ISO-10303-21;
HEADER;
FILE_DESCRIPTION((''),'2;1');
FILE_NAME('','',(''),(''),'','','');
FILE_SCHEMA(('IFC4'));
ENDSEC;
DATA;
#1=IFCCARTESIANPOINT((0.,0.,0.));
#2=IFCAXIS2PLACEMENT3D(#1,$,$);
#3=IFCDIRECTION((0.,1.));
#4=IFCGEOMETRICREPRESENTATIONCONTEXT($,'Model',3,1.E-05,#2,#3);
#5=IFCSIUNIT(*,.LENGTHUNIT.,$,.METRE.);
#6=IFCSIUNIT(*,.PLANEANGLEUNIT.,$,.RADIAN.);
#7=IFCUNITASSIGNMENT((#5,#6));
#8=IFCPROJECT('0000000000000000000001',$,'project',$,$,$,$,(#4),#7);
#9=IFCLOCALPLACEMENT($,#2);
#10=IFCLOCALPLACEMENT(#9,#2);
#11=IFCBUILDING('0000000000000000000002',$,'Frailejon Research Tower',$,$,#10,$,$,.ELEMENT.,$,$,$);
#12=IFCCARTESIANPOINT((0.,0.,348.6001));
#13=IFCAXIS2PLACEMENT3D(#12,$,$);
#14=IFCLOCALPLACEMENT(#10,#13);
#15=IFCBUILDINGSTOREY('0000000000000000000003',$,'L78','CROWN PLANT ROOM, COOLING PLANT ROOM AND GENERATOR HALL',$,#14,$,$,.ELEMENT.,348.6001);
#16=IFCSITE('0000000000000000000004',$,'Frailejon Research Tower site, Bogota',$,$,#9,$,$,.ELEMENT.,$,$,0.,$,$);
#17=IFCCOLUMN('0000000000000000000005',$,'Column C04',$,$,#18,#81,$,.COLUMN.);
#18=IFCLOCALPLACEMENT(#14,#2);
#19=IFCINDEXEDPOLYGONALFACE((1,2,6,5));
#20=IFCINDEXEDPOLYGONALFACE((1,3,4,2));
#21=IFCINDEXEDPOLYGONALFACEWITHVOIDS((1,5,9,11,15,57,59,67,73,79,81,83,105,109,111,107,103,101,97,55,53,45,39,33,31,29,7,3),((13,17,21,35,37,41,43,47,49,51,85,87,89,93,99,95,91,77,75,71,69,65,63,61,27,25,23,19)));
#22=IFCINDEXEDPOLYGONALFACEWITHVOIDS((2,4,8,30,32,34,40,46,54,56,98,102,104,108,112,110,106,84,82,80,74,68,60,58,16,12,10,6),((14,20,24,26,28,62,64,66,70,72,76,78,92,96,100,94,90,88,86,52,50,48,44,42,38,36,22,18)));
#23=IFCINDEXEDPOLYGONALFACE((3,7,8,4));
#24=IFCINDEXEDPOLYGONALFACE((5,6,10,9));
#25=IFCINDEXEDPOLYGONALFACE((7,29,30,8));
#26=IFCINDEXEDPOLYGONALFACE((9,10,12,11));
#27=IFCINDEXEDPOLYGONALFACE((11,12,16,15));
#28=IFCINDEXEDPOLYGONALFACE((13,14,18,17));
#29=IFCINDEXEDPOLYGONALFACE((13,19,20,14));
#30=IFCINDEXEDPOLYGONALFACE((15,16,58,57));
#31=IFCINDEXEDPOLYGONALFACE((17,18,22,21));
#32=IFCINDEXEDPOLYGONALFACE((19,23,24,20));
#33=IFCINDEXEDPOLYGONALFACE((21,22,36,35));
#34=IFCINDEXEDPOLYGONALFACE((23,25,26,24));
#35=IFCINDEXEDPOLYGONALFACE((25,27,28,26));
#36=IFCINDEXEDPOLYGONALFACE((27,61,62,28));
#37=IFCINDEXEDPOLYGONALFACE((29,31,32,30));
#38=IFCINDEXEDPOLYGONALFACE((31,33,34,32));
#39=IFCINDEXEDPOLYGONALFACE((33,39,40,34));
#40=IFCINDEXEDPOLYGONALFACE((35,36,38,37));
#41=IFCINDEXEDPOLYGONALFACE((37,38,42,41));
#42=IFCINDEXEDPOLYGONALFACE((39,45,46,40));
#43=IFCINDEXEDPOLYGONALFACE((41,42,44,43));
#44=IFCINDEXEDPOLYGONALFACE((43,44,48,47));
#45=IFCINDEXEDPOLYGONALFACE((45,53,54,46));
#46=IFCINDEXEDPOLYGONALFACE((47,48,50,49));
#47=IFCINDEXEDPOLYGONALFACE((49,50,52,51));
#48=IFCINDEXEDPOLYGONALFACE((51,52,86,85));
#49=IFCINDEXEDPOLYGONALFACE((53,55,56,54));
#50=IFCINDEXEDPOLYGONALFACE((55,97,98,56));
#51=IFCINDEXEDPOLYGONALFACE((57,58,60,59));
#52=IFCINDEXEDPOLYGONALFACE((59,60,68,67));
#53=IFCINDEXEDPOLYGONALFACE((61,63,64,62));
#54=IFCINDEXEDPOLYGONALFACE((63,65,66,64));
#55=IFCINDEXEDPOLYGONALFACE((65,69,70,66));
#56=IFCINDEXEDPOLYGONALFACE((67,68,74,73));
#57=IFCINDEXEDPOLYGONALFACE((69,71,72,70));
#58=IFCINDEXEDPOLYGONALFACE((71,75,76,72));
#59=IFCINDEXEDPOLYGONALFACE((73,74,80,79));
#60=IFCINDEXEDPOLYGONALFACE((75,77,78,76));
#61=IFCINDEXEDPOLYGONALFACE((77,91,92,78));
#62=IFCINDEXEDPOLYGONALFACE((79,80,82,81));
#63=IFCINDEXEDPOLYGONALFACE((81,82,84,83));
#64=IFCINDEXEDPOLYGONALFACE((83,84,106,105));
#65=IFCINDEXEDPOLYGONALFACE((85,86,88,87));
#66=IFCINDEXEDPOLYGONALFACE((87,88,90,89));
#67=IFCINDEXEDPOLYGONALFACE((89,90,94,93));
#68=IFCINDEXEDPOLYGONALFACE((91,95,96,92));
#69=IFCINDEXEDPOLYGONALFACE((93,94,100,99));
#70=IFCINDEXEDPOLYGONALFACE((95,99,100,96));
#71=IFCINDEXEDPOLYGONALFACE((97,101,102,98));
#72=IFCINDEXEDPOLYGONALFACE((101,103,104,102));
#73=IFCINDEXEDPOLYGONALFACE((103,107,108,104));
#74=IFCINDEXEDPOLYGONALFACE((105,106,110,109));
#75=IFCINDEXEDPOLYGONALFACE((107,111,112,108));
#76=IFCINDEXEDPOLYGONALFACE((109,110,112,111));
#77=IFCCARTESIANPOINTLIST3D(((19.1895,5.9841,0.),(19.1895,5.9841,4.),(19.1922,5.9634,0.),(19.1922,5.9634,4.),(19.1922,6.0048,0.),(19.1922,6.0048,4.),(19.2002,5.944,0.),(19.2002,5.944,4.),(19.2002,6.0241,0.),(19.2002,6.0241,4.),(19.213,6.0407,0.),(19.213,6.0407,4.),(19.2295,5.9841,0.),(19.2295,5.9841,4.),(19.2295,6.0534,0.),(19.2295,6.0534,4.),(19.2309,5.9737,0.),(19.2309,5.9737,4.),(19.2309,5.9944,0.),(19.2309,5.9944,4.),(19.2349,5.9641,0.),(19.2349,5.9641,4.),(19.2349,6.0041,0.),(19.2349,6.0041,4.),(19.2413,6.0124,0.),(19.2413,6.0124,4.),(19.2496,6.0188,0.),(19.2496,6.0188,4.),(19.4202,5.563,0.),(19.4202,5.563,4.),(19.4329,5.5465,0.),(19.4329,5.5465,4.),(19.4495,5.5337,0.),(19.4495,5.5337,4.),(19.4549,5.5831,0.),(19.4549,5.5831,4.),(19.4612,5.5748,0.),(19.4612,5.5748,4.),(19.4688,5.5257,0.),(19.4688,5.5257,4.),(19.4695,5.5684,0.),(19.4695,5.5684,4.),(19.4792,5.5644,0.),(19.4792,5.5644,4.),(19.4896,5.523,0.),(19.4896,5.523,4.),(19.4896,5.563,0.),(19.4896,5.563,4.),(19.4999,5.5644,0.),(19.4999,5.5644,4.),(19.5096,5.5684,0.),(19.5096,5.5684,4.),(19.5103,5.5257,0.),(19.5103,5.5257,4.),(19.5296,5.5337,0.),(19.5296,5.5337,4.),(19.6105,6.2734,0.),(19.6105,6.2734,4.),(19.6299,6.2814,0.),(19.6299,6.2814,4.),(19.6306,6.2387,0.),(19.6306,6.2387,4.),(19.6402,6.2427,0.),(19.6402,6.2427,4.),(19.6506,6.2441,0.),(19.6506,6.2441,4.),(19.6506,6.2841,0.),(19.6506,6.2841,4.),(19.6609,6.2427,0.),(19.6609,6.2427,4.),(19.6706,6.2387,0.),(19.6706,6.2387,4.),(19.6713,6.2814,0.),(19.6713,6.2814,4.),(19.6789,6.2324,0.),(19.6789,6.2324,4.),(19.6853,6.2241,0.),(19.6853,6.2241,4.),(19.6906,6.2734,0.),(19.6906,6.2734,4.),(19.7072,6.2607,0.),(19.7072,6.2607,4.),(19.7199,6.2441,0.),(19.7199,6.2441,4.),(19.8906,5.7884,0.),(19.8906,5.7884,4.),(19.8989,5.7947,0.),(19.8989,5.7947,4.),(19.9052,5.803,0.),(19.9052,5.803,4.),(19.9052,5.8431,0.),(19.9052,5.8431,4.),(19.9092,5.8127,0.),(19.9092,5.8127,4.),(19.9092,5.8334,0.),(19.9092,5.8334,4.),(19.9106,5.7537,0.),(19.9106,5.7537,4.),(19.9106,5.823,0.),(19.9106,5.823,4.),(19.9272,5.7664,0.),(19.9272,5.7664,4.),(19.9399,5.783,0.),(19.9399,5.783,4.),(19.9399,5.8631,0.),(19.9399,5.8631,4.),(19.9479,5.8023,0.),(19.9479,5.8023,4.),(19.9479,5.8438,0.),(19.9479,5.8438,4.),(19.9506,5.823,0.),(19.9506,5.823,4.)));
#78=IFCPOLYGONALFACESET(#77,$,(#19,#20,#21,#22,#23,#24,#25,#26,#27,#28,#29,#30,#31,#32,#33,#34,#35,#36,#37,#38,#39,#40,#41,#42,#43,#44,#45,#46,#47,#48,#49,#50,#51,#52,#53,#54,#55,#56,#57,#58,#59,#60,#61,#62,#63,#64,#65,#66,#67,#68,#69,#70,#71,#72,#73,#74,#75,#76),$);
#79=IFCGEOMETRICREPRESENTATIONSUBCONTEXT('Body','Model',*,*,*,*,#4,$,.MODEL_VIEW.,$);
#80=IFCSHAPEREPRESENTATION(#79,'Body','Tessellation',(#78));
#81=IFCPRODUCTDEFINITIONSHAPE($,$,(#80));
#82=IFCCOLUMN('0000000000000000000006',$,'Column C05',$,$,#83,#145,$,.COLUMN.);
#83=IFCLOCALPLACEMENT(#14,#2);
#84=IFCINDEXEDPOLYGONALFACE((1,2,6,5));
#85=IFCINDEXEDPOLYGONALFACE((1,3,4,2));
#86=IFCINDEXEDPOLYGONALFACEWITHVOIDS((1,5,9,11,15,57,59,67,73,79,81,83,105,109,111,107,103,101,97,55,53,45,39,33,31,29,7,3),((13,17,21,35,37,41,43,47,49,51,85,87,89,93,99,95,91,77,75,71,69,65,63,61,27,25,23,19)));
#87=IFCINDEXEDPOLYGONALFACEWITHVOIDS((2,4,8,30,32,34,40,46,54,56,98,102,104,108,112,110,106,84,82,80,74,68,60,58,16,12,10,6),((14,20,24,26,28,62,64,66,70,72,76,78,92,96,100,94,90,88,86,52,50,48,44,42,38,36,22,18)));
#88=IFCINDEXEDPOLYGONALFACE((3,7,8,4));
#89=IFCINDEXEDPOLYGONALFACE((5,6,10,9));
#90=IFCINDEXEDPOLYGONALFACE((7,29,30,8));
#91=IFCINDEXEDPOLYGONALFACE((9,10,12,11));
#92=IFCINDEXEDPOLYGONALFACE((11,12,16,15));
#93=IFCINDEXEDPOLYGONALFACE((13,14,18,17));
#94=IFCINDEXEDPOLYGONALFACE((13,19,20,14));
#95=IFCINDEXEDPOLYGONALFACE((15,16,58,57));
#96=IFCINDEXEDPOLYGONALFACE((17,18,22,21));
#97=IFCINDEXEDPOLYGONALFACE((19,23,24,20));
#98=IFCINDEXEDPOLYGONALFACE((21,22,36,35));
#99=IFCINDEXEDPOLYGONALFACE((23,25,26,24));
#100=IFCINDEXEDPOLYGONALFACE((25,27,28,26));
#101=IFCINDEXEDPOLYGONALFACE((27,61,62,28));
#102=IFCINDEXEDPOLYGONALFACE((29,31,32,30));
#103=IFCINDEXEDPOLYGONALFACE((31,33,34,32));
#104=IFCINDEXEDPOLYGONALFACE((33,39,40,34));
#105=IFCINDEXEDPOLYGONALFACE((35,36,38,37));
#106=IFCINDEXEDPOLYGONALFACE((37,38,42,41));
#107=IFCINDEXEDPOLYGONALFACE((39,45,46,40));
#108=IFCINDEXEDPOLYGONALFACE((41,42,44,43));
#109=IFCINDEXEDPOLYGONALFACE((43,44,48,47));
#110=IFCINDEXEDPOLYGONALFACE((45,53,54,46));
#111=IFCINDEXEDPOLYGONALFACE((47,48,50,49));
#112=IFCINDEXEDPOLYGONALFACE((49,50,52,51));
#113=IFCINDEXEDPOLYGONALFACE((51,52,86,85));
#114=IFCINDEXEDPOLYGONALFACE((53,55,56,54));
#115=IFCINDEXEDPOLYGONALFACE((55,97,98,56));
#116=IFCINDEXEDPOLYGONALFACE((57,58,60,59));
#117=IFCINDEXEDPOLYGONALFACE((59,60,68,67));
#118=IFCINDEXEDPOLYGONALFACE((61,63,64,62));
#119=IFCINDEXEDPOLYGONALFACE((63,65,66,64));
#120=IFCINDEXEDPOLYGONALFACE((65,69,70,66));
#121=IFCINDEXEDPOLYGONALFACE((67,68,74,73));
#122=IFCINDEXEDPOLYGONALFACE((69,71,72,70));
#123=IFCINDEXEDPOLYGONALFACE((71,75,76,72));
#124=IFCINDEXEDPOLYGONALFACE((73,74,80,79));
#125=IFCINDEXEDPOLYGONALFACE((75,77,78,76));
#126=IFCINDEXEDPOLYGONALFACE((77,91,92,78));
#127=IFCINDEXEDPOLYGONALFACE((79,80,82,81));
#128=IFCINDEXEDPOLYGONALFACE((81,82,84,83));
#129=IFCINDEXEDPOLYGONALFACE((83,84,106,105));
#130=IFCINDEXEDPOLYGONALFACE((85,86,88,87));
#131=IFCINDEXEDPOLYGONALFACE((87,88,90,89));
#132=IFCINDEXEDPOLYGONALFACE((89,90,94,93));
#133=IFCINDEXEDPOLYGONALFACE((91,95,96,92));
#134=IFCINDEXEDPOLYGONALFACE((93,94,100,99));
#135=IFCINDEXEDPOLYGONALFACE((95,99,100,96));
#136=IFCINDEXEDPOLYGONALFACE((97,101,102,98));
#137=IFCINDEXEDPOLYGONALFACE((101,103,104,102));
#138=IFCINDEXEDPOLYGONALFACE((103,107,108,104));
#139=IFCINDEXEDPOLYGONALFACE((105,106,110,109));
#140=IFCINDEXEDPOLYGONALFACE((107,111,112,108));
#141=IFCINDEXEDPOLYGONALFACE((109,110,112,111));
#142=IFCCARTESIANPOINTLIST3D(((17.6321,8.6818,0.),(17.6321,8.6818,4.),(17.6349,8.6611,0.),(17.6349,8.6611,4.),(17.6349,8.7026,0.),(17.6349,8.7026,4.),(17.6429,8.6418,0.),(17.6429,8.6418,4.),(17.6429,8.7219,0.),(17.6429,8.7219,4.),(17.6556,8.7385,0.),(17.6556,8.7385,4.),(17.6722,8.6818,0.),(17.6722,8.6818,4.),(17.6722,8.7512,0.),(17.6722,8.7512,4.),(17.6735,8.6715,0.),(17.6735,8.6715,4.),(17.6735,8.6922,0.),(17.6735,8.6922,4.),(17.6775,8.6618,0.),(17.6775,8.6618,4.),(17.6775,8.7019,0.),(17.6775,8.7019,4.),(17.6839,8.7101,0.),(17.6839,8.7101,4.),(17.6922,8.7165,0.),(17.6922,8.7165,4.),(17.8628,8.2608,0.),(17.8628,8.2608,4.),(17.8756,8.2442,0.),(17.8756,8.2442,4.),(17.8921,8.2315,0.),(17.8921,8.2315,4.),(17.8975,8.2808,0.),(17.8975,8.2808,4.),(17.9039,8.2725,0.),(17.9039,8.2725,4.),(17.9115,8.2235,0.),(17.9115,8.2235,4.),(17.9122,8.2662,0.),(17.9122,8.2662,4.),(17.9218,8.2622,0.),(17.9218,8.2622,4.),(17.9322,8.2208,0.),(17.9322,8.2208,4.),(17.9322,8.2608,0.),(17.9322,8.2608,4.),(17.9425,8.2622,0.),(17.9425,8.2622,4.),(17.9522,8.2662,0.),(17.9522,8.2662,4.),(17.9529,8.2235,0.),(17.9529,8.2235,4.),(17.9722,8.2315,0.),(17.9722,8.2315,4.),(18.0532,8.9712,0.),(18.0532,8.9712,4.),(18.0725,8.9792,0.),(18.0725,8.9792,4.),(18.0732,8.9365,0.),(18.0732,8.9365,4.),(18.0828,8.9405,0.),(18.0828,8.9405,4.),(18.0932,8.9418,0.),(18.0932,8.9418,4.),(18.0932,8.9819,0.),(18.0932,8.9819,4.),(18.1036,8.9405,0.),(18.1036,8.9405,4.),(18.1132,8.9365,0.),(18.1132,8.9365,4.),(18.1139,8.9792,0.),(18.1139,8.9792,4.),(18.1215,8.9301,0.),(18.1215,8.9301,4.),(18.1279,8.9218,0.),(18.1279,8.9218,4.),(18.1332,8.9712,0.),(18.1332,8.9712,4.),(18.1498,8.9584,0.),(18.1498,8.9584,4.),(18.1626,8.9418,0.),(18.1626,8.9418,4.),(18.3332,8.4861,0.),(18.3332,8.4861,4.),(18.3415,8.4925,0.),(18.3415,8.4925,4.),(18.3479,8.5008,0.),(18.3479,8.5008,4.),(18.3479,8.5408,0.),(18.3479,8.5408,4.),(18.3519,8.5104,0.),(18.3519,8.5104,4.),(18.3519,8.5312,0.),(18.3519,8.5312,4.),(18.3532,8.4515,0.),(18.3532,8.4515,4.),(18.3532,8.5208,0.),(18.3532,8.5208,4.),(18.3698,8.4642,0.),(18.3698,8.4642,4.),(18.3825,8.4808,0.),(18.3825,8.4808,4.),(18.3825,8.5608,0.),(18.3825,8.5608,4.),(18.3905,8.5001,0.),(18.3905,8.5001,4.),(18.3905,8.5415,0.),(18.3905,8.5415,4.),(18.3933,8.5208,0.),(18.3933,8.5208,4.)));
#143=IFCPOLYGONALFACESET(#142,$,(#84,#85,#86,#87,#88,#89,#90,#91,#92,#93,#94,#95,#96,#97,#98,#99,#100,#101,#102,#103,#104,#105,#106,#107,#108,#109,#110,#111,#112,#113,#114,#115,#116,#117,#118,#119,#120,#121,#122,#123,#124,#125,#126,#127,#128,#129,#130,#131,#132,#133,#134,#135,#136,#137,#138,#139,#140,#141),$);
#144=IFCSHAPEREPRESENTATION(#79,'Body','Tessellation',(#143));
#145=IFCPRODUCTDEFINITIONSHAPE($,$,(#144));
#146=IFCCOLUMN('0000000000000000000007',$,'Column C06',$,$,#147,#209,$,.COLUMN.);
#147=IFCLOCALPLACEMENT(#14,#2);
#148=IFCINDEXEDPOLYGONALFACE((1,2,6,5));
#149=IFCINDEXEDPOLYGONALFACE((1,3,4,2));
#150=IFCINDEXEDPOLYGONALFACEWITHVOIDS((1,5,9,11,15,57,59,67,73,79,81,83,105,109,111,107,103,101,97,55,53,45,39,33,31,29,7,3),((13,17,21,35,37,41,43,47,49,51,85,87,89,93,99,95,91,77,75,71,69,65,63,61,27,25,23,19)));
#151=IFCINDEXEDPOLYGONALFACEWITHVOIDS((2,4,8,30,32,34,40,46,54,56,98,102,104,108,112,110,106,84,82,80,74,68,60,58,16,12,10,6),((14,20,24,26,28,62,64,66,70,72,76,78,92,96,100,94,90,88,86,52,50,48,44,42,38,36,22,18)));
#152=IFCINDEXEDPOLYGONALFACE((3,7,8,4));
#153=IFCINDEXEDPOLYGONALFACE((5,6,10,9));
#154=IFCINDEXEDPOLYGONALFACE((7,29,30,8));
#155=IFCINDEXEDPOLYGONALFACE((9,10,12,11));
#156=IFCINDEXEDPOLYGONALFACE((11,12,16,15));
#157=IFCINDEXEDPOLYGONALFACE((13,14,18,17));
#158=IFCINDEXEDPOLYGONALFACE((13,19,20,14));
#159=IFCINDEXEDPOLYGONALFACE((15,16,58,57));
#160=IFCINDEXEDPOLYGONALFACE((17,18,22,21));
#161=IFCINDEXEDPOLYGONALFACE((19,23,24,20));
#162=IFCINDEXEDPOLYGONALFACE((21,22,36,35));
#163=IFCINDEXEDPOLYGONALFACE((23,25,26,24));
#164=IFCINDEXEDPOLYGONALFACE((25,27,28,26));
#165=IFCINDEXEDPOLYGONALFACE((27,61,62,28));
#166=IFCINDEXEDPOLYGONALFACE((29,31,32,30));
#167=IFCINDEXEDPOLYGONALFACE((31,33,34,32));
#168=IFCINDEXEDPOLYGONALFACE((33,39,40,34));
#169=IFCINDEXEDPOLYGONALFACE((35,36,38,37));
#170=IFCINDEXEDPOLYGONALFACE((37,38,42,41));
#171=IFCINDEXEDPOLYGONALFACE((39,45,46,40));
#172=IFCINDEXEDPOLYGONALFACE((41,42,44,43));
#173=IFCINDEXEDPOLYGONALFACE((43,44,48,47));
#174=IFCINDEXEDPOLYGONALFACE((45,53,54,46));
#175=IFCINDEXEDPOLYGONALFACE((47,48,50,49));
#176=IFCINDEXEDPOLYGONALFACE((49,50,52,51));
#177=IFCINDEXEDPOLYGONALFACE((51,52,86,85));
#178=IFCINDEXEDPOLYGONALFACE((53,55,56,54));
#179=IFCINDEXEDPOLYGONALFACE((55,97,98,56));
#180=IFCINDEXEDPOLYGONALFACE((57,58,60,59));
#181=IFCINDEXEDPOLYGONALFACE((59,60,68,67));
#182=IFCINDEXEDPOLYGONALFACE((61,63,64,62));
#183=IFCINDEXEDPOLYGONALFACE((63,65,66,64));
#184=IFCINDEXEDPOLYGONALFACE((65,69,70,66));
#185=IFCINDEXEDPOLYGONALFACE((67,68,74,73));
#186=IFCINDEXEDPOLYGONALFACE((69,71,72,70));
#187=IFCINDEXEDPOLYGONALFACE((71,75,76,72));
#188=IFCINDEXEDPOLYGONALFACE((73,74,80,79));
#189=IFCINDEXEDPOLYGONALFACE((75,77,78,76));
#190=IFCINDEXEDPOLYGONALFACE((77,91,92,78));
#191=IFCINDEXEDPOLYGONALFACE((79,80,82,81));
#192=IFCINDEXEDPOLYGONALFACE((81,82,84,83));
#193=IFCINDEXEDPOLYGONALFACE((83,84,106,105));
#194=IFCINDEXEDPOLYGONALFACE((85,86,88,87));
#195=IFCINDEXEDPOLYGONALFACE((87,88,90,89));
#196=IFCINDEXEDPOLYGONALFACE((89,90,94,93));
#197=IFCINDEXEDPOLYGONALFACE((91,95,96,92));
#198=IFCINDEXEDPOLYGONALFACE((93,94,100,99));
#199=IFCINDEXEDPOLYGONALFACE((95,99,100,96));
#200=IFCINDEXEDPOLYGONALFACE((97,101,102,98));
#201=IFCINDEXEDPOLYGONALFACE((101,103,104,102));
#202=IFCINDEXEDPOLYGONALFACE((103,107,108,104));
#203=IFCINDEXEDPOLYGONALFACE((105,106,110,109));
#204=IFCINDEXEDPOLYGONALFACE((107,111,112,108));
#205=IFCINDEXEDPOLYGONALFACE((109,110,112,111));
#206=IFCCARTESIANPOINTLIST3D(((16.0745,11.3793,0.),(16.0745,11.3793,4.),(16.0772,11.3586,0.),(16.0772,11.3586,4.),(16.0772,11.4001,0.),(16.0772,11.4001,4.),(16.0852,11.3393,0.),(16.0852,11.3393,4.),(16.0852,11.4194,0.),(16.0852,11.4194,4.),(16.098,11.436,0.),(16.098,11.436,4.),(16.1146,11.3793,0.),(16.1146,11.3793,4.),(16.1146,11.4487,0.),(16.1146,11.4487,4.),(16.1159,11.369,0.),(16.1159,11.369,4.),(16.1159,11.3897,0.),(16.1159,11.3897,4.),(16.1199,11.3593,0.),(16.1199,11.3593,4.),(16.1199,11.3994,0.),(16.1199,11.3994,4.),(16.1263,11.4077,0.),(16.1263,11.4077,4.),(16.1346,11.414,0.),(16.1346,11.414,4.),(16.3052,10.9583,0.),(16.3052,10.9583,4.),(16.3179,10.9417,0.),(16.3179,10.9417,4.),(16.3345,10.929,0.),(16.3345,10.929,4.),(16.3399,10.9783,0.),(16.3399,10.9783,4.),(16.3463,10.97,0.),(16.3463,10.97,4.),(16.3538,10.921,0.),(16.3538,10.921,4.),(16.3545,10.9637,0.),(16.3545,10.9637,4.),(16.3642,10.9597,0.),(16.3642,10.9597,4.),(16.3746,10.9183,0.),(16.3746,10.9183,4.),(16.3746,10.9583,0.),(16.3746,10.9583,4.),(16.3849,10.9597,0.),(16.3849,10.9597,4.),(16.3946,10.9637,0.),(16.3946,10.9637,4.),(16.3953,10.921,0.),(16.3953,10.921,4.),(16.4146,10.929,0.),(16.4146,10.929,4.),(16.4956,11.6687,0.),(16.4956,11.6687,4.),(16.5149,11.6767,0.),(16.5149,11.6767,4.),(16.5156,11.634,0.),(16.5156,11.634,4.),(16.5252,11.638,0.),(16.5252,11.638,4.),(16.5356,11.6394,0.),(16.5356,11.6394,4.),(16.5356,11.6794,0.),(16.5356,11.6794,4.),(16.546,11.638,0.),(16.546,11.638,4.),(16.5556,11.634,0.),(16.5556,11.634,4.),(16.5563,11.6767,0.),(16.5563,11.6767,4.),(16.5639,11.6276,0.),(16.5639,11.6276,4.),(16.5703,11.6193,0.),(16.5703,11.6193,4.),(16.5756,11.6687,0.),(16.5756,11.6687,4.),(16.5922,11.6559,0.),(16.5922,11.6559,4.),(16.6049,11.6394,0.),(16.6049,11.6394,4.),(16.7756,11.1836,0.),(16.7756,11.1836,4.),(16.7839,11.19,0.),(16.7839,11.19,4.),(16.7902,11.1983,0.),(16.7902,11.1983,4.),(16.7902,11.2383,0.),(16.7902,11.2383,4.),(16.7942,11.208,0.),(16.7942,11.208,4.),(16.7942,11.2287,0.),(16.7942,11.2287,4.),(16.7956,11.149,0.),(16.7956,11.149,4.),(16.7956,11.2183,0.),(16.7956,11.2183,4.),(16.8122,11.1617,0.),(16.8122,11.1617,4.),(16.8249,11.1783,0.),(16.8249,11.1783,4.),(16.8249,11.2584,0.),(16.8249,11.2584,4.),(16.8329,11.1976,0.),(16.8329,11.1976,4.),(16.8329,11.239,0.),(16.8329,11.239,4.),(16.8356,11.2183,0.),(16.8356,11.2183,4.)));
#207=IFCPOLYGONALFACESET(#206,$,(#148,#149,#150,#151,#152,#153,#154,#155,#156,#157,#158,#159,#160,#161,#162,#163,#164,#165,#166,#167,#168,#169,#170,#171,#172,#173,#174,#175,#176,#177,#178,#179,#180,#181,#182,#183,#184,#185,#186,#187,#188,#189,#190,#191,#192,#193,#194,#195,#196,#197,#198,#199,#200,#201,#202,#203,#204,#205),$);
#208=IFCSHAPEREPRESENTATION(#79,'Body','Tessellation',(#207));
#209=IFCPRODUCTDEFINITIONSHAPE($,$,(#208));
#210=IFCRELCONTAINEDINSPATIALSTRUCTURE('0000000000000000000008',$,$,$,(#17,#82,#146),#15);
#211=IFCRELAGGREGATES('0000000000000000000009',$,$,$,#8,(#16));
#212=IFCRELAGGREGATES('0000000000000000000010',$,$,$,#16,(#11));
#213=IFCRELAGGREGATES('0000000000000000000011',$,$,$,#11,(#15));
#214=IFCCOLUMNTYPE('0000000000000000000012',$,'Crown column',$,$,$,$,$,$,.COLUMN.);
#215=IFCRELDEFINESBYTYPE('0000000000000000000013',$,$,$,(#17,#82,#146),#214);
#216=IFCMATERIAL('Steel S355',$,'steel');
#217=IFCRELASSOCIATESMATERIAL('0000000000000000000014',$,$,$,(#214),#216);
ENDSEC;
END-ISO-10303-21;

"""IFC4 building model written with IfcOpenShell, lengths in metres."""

from ifc_helpers import new_model, si_unit, direction, frame, origin, origin_2d, place, context, subcontext, project, spatial, hollow_rectangle, extrude, material, material_profile, profile_set, type_object, element, save


model = new_model("IFC4")

# Units and contexts
model_context = context("Model", 3, precision=1e-05, world=origin(), true_north=direction((0.0, 1.0)))
body_context = subcontext(model_context, "Body", "Model", "MODEL_VIEW")
ifc_project = project(units=[si_unit("LENGTHUNIT", "METRE"), si_unit("PLANEANGLEUNIT", "RADIAN")], contexts=[model_context])

# Site, building, storey
site_placement = place(None, origin())
site = spatial("IfcSite", under=ifc_project, at=site_placement, Name="Frailejon Research Tower site, Bogota", CompositionType="ELEMENT", RefElevation=0.0)
building_placement = place(site_placement, origin())
building = spatial("IfcBuilding", under=site, at=building_placement, Name="Frailejon Research Tower", CompositionType="ELEMENT")
storey_placement = place(building_placement, frame((0.0, 0.0, 348.6001)))
storey = spatial("IfcBuildingStorey", under=building, at=storey_placement, Name="L78", Description="CROWN PLANT ROOM, COOLING PLANT ROOM AND GENERATOR HALL", CompositionType="ELEMENT", Elevation=348.6001)

# Columns
ifc_material_1 = material(Name="Steel S355", Category="steel")
ifc_material_profile_1 = material_profile(ifc_material_1, hollow_rectangle(XDim=0.6001, YDim=0.6001, WallThickness=0.04, InnerFilletRadius=0.04, OuterFilletRadius=0.0801, at=origin_2d()), Name="Crown column")
ifc_profile_set_1 = profile_set([ifc_material_profile_1], Name="Steel S355")
column_type = type_object("IfcColumnType", Name="Crown column", PredefinedType="COLUMN", material=ifc_profile_set_1)
for number, where, z_axis, x_axis, name in (
    (1, (19.5701, 5.9036, 0.0), (0.0, 0.0, 1.0), (-0.5, 0.866025, 0.0), "Column C04"),
    (2, (18.0127, 8.6013, 0.0), (0.0, 0.0, 1.0), (-0.5, 0.866025, 0.0), "Column C05"),
    (3, (16.4551, 11.2988, 0.0), (0.0, 0.0, 1.0), (-0.5, 0.866025, 0.0), "Column C06"),
):
    element("IfcColumn", number, at=place(storey_placement, frame(where, z_axis=z_axis, x_axis=x_axis)), inside=storey, type_object=column_type, Name=name, PredefinedType="COLUMN", context=body_context, shape_type="SweptSolid", body=[
        extrude(hollow_rectangle(XDim=0.6001, YDim=0.6001, WallThickness=0.04, InnerFilletRadius=0.04, OuterFilletRadius=0.0801, at=origin_2d()), origin(), (0.0, 0.0, 1.0), 4.0),
    ])

save(model, "model.ifc")
